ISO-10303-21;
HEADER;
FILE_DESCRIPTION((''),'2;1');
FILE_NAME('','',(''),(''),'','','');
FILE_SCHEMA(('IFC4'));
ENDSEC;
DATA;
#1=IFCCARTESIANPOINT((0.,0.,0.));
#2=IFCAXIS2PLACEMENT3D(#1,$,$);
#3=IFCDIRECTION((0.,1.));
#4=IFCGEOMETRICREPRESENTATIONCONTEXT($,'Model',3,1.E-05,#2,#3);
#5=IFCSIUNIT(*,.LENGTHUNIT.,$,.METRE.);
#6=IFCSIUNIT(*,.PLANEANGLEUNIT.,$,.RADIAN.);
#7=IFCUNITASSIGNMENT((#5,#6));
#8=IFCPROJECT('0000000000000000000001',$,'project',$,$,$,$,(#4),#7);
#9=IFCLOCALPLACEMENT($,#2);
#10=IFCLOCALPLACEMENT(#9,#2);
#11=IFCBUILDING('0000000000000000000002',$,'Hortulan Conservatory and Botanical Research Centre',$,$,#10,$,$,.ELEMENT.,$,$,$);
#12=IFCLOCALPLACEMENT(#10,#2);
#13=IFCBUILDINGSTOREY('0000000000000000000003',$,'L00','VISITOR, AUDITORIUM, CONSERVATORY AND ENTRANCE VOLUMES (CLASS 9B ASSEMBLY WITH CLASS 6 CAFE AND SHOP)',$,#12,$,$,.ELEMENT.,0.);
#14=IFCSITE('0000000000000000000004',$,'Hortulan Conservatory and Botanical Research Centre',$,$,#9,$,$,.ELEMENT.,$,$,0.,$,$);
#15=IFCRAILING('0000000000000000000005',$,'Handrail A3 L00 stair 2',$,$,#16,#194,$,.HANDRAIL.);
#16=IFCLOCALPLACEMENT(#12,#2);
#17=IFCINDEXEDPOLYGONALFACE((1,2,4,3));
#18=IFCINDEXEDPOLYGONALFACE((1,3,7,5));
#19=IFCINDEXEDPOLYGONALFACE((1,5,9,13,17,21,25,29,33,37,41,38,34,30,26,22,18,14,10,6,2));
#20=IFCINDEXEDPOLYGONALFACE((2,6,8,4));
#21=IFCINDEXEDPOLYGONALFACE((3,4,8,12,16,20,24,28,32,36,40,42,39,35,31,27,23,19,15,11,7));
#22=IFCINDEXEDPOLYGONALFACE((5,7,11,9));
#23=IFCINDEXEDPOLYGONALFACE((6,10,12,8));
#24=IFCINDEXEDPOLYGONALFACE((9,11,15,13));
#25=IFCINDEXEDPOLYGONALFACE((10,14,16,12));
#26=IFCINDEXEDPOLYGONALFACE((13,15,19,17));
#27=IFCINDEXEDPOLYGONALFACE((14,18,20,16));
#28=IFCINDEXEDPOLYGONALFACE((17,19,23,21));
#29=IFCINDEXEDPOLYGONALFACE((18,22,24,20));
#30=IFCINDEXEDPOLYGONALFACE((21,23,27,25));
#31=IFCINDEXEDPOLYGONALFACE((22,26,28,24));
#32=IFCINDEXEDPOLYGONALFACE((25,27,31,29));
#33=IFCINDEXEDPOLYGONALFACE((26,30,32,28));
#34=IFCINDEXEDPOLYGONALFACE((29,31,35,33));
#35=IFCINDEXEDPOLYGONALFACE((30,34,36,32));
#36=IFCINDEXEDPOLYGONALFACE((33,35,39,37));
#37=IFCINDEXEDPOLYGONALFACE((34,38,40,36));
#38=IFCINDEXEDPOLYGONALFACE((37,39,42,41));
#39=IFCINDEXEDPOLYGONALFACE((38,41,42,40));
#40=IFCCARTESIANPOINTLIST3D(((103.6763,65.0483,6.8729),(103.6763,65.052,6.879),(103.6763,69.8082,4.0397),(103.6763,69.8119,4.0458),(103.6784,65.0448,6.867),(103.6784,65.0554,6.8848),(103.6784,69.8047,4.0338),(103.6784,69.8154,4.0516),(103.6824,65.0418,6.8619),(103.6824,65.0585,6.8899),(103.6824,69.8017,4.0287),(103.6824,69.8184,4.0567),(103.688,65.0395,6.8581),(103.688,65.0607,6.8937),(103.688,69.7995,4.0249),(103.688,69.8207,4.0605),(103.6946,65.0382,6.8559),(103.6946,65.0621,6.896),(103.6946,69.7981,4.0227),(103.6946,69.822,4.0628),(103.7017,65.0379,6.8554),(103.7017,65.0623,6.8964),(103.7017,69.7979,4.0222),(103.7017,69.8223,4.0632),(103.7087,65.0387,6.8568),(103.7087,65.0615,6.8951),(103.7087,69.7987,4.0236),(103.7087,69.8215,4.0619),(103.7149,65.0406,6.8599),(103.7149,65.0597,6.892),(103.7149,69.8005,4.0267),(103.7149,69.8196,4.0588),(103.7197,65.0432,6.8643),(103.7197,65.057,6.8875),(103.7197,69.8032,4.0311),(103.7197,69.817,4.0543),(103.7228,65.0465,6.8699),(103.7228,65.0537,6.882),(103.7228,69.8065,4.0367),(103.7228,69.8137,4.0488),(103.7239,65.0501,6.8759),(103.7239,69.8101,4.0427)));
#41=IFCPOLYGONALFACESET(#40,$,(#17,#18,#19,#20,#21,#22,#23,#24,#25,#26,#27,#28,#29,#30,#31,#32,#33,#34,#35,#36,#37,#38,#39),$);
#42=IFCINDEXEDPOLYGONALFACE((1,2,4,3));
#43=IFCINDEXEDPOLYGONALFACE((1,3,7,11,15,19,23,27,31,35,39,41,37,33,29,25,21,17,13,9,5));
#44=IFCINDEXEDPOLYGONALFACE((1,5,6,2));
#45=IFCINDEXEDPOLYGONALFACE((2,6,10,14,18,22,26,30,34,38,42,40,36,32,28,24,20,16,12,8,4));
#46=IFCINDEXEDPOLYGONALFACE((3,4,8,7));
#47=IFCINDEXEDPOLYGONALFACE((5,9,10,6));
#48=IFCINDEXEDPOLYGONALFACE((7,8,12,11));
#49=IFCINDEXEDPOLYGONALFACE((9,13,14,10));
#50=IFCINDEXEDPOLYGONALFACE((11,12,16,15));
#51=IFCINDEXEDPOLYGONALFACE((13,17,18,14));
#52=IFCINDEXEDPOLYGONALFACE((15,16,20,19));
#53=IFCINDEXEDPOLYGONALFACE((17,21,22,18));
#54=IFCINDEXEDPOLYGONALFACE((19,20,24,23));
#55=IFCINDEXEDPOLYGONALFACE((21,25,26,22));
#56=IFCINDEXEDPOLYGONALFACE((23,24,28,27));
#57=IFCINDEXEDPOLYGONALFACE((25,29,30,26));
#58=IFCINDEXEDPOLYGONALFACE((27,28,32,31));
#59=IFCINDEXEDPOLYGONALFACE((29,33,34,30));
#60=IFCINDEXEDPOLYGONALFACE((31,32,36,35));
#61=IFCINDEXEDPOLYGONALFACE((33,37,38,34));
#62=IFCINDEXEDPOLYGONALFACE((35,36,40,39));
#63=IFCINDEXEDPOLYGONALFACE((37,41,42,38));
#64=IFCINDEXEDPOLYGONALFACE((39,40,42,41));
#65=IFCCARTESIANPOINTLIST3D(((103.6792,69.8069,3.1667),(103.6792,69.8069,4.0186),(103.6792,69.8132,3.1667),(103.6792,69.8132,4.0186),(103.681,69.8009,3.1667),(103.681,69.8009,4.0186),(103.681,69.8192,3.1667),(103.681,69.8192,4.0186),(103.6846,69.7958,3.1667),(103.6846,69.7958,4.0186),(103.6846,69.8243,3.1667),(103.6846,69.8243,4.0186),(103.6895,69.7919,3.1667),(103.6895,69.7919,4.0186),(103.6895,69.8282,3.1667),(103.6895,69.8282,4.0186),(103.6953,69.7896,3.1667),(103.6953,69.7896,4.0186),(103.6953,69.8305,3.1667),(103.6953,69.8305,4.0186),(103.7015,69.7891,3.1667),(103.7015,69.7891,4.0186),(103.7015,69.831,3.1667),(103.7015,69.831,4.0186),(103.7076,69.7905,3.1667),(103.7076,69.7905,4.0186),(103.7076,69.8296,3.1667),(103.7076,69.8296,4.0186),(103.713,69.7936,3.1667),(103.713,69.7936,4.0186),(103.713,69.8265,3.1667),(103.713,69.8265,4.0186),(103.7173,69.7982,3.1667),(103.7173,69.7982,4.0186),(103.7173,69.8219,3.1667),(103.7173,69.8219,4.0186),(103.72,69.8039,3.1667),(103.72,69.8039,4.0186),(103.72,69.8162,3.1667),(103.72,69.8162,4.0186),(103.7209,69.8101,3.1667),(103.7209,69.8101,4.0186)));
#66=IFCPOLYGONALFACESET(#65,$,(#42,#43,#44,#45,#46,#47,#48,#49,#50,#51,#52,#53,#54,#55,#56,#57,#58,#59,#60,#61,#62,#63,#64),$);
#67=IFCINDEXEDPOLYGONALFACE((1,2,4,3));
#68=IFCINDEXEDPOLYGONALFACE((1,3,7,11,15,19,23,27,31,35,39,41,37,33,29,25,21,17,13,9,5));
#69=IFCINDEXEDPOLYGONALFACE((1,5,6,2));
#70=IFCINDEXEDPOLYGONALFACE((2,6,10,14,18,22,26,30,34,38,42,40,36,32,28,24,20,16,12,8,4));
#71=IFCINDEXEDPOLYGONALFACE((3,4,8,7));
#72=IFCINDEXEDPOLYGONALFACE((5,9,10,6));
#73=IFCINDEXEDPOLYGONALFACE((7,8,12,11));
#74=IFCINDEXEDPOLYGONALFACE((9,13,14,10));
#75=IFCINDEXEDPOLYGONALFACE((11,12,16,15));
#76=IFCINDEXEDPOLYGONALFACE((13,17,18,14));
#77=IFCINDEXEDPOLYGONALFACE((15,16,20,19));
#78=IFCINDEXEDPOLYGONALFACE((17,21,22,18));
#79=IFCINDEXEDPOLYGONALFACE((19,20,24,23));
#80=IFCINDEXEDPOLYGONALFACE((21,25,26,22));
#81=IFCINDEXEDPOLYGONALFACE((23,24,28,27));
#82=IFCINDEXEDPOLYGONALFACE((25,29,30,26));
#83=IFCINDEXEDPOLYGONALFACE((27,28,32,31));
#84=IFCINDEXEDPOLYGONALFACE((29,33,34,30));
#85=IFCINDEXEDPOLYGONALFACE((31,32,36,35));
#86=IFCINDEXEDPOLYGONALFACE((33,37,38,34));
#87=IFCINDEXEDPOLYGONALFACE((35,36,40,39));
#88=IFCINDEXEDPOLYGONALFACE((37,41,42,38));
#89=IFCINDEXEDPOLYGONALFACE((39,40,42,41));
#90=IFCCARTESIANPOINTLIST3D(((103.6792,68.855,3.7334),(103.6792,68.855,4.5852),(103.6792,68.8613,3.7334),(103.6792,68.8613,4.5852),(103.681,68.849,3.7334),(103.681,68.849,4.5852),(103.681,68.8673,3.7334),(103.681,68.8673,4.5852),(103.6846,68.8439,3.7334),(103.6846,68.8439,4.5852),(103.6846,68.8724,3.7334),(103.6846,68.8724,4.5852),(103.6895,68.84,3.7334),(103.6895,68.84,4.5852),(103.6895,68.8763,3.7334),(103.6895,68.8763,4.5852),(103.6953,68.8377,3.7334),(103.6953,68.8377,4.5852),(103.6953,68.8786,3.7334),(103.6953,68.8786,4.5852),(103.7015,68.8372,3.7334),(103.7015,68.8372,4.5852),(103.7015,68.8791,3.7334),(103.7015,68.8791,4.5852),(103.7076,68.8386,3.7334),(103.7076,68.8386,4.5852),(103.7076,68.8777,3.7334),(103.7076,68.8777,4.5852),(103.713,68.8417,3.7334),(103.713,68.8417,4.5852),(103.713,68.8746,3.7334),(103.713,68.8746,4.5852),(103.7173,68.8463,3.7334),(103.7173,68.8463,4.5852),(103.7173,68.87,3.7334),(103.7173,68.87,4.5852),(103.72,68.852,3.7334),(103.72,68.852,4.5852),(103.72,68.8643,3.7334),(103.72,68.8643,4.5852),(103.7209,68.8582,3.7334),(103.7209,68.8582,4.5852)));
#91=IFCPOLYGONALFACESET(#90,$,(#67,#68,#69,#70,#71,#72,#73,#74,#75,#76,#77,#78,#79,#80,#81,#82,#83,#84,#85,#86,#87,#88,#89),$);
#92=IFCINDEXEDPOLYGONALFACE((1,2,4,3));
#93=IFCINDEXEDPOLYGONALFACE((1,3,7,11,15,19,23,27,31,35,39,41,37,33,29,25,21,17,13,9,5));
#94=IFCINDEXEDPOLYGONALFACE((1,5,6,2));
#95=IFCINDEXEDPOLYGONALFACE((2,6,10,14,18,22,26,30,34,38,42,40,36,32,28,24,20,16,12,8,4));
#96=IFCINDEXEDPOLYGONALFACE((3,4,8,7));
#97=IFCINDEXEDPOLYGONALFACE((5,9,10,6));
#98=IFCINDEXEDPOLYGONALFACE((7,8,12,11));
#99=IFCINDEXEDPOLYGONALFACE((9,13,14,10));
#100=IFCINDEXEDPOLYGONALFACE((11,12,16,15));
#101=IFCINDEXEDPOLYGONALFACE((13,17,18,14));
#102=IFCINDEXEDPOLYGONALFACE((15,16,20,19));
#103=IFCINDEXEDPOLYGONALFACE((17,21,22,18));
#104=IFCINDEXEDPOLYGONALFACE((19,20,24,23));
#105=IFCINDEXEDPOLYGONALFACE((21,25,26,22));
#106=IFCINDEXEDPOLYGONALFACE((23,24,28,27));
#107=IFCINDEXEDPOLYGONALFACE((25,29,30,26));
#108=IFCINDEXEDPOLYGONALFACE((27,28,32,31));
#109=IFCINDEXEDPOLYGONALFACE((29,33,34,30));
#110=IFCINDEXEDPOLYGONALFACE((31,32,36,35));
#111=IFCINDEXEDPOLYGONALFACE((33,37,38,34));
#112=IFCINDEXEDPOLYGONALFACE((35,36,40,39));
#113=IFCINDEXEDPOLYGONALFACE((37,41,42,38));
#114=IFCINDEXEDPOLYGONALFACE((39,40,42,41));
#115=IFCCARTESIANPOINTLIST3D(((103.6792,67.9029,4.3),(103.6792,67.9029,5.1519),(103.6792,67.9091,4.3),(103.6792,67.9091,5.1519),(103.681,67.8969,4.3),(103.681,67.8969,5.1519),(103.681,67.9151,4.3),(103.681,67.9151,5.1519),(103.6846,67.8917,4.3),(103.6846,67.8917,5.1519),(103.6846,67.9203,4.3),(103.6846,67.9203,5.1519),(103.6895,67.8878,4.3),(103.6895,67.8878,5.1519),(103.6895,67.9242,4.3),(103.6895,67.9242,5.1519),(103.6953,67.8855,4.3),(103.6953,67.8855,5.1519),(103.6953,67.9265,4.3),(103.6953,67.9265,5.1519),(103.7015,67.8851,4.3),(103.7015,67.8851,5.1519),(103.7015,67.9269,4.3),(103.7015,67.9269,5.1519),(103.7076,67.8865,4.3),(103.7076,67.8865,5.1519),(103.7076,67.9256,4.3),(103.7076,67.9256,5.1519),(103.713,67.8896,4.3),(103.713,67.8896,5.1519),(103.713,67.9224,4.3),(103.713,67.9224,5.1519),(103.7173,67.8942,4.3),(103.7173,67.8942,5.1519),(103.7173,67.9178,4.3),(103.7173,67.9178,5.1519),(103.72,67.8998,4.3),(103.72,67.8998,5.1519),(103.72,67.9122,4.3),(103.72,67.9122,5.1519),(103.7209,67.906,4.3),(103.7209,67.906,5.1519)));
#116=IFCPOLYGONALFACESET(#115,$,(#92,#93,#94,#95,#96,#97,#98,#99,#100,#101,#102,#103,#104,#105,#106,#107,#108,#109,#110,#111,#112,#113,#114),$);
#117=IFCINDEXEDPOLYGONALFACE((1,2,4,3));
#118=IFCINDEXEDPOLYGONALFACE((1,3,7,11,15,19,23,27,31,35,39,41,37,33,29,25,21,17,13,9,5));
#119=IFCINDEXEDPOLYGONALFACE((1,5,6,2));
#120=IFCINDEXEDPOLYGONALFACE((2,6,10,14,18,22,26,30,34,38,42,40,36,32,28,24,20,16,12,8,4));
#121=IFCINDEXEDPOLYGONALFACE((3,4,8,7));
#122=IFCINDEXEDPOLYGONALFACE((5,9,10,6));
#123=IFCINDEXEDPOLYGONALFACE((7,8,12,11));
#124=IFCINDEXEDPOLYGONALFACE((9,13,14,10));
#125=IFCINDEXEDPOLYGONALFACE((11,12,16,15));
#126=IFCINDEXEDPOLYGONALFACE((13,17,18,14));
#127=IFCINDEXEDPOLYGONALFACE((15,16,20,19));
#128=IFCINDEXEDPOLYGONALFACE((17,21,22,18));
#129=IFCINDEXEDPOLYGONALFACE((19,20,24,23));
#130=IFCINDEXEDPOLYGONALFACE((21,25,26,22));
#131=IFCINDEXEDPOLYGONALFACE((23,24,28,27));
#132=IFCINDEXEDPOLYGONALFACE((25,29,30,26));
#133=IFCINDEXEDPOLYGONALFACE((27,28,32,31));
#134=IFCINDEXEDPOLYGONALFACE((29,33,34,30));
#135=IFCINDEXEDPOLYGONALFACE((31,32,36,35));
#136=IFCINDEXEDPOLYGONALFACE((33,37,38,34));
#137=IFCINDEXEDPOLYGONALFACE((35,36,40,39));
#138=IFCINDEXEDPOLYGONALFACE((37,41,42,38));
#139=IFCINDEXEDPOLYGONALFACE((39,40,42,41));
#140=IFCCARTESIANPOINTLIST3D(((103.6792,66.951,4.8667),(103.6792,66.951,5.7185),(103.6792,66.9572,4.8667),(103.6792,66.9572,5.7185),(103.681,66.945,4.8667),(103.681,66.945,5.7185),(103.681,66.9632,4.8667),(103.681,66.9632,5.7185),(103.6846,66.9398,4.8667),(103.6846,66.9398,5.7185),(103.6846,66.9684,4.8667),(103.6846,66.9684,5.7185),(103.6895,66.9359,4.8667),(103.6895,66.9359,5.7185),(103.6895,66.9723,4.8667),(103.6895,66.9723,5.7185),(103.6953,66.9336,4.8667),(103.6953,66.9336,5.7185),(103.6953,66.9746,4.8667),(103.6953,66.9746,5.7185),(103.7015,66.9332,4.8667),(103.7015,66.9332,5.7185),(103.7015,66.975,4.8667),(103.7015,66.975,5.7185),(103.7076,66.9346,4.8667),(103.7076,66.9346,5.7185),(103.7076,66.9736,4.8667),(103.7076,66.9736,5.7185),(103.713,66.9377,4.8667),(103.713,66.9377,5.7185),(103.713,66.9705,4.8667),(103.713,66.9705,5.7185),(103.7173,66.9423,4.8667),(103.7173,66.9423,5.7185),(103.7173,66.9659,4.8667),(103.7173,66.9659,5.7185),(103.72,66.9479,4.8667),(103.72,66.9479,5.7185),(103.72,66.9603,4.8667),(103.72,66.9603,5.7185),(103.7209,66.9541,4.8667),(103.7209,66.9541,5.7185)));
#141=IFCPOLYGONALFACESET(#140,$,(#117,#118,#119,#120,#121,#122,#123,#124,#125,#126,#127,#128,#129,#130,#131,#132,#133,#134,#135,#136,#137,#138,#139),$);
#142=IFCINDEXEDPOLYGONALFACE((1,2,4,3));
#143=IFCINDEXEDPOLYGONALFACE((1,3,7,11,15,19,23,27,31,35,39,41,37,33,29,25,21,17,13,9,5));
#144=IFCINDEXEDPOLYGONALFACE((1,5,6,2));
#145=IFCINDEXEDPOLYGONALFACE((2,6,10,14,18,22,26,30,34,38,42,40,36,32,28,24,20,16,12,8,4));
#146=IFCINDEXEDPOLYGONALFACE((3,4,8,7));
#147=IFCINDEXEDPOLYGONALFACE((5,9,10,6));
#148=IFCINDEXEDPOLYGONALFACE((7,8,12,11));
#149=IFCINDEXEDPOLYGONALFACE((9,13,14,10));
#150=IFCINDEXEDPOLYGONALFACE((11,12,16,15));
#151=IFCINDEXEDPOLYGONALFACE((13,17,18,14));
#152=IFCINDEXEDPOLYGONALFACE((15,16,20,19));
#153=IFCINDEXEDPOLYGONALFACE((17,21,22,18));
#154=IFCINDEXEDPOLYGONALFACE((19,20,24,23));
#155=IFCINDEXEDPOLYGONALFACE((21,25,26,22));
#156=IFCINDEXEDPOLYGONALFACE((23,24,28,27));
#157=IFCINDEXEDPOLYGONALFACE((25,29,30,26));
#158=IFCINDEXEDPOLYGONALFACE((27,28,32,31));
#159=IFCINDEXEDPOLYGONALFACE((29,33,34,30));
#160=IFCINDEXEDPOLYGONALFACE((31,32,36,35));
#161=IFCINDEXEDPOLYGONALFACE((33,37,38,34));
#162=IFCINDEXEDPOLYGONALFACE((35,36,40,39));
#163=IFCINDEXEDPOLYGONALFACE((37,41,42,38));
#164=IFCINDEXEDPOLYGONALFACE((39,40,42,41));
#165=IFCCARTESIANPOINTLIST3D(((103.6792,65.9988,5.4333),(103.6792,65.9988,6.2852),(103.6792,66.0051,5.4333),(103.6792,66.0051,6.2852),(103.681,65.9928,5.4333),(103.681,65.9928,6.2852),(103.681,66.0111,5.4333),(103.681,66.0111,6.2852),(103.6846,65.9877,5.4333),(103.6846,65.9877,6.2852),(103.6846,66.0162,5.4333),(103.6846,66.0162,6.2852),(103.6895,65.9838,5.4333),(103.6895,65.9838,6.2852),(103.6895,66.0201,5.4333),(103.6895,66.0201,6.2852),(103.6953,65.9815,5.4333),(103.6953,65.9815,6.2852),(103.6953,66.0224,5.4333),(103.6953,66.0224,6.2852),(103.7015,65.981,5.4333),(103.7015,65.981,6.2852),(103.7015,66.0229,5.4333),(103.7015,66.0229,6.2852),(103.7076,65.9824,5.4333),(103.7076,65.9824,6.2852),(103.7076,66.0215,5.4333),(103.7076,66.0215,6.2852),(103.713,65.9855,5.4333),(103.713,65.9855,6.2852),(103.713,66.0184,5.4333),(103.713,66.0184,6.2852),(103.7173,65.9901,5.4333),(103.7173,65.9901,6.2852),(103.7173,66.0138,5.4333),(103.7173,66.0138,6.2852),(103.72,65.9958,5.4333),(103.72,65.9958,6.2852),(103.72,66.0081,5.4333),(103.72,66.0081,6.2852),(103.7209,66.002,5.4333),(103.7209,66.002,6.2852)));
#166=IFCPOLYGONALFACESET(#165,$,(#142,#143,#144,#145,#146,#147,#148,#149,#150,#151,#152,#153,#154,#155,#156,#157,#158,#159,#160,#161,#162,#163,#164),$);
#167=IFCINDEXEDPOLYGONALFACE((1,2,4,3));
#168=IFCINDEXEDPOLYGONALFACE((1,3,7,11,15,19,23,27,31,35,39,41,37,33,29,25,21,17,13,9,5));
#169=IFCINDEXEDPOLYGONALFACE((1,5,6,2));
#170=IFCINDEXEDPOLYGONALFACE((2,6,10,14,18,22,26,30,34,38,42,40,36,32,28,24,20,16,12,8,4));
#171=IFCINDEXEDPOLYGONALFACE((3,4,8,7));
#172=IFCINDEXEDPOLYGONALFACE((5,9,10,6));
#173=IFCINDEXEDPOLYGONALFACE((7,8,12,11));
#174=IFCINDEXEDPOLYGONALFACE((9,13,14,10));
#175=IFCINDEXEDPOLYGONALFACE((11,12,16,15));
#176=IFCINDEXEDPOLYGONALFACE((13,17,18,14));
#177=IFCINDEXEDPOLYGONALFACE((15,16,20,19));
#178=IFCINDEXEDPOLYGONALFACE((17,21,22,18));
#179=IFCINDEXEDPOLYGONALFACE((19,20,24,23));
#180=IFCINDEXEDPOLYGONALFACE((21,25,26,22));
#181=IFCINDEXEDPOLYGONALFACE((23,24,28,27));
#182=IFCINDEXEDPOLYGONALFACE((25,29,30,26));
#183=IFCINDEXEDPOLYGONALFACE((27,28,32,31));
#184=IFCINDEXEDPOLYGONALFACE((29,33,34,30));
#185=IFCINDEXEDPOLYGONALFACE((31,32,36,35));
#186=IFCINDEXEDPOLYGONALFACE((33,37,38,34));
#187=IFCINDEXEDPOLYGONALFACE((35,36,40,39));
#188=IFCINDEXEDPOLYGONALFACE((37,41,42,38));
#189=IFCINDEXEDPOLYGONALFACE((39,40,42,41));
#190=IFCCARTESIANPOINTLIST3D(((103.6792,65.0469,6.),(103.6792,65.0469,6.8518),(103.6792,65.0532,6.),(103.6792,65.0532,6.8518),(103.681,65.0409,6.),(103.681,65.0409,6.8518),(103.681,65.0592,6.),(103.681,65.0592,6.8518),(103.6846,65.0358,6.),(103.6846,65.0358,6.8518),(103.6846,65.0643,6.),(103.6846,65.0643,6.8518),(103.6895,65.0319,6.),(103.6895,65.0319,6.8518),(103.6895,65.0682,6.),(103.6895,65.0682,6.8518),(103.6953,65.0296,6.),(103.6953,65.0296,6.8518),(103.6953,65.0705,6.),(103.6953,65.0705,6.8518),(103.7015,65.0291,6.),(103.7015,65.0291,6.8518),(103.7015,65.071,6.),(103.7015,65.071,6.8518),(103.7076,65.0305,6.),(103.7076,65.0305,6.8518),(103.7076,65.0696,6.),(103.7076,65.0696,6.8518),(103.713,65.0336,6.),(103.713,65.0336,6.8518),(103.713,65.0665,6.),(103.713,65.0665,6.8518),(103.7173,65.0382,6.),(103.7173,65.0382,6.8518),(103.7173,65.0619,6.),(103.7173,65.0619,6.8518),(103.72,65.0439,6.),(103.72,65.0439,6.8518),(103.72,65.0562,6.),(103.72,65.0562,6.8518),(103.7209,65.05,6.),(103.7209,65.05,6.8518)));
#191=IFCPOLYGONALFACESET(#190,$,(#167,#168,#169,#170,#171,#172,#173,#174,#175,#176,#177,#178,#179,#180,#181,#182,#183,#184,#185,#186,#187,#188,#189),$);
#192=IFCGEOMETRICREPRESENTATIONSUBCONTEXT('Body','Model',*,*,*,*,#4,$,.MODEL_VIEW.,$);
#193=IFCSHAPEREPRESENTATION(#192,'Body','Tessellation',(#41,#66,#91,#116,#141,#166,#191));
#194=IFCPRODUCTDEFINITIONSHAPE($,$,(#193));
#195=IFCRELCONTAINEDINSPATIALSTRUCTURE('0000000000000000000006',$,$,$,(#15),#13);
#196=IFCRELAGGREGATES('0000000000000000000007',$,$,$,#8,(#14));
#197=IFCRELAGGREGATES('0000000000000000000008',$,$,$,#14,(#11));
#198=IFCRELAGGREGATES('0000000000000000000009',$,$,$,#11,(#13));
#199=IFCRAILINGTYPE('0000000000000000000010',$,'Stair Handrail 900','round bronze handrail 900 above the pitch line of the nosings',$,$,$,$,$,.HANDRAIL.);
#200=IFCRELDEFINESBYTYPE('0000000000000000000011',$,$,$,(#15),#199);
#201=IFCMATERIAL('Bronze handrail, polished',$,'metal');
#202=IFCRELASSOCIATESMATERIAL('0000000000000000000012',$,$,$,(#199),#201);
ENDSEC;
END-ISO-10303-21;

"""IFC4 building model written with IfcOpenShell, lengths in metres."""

from ifc_helpers import new_model, si_unit, direction, frame, origin, origin_2d, place, context, subcontext, project, spatial, circle, extrude, material, type_object, element, save


model = new_model("IFC4")

# Units and contexts
model_context = context("Model", 3, precision=1e-05, world=origin(), true_north=direction((0.0, 1.0)))
body_context = subcontext(model_context, "Body", "Model", "MODEL_VIEW")
ifc_project = project(units=[si_unit("LENGTHUNIT", "METRE"), si_unit("PLANEANGLEUNIT", "RADIAN")], contexts=[model_context])

# Site, building, storey
site_placement = place(None, origin())
site = spatial("IfcSite", under=ifc_project, at=site_placement, Name="Hortulan Conservatory and Botanical Research Centre", CompositionType="ELEMENT", RefElevation=0.0)
building_placement = place(site_placement, origin())
building = spatial("IfcBuilding", under=site, at=building_placement, Name="Hortulan Conservatory and Botanical Research Centre", CompositionType="ELEMENT")
storey_placement = place(building_placement, origin())
storey = spatial("IfcBuildingStorey", under=building, at=storey_placement, Name="L00", Description="VISITOR, AUDITORIUM, CONSERVATORY AND ENTRANCE VOLUMES (CLASS 9B ASSEMBLY WITH CLASS 6 CAFE AND SHOP)", CompositionType="ELEMENT", Elevation=0.0)

# Railing
ifc_material_1 = material(Name="Bronze handrail, polished", Category="metal")
railing_type_1 = type_object("IfcRailingType", Name="Stair Handrail 900", Description="round bronze handrail 900 above the pitch line of the nosings", PredefinedType="HANDRAIL", material=ifc_material_1)
for number, where, name in (
    (1, (103.7, 69.8101, 3.1667), "Handrail A3 L00 stair 2"),
):
    element("IfcRailing", number, at=place(storey_placement, frame(where)), inside=storey, type_object=railing_type_1, Name=name, PredefinedType="HANDRAIL", context=body_context, shape_type="SweptSolid", body=[
        extrude(circle(Radius=0.0239, at=origin_2d()), frame((0.0, 0.0, 0.876), z_axis=(0.0, -0.8593, 0.511472), x_axis=(1.0, 0.0, 0.0)), (0.0, 0.0, 1.0), 5.5393),
        extrude(circle(Radius=0.021, at=origin_2d()), origin(), (0.0, 0.0, 1.0), 0.8518),
        extrude(circle(Radius=0.021, at=origin_2d()), frame((0.0, -0.9519, 0.5667)), (0.0, 0.0, 1.0), 0.8518),
        extrude(circle(Radius=0.021, at=origin_2d()), frame((0.0, -1.9041, 1.1333)), (0.0, 0.0, 1.0), 0.8518),
        extrude(circle(Radius=0.021, at=origin_2d()), frame((0.0, -2.856, 1.7)), (0.0, 0.0, 1.0), 0.8518),
        extrude(circle(Radius=0.021, at=origin_2d()), frame((0.0, -3.8081, 2.2666)), (0.0, 0.0, 1.0), 0.8518),
        extrude(circle(Radius=0.021, at=origin_2d()), frame((0.0, -4.76, 2.8333)), (0.0, 0.0, 1.0), 0.8518),
    ])

save(model, "model.ifc")
